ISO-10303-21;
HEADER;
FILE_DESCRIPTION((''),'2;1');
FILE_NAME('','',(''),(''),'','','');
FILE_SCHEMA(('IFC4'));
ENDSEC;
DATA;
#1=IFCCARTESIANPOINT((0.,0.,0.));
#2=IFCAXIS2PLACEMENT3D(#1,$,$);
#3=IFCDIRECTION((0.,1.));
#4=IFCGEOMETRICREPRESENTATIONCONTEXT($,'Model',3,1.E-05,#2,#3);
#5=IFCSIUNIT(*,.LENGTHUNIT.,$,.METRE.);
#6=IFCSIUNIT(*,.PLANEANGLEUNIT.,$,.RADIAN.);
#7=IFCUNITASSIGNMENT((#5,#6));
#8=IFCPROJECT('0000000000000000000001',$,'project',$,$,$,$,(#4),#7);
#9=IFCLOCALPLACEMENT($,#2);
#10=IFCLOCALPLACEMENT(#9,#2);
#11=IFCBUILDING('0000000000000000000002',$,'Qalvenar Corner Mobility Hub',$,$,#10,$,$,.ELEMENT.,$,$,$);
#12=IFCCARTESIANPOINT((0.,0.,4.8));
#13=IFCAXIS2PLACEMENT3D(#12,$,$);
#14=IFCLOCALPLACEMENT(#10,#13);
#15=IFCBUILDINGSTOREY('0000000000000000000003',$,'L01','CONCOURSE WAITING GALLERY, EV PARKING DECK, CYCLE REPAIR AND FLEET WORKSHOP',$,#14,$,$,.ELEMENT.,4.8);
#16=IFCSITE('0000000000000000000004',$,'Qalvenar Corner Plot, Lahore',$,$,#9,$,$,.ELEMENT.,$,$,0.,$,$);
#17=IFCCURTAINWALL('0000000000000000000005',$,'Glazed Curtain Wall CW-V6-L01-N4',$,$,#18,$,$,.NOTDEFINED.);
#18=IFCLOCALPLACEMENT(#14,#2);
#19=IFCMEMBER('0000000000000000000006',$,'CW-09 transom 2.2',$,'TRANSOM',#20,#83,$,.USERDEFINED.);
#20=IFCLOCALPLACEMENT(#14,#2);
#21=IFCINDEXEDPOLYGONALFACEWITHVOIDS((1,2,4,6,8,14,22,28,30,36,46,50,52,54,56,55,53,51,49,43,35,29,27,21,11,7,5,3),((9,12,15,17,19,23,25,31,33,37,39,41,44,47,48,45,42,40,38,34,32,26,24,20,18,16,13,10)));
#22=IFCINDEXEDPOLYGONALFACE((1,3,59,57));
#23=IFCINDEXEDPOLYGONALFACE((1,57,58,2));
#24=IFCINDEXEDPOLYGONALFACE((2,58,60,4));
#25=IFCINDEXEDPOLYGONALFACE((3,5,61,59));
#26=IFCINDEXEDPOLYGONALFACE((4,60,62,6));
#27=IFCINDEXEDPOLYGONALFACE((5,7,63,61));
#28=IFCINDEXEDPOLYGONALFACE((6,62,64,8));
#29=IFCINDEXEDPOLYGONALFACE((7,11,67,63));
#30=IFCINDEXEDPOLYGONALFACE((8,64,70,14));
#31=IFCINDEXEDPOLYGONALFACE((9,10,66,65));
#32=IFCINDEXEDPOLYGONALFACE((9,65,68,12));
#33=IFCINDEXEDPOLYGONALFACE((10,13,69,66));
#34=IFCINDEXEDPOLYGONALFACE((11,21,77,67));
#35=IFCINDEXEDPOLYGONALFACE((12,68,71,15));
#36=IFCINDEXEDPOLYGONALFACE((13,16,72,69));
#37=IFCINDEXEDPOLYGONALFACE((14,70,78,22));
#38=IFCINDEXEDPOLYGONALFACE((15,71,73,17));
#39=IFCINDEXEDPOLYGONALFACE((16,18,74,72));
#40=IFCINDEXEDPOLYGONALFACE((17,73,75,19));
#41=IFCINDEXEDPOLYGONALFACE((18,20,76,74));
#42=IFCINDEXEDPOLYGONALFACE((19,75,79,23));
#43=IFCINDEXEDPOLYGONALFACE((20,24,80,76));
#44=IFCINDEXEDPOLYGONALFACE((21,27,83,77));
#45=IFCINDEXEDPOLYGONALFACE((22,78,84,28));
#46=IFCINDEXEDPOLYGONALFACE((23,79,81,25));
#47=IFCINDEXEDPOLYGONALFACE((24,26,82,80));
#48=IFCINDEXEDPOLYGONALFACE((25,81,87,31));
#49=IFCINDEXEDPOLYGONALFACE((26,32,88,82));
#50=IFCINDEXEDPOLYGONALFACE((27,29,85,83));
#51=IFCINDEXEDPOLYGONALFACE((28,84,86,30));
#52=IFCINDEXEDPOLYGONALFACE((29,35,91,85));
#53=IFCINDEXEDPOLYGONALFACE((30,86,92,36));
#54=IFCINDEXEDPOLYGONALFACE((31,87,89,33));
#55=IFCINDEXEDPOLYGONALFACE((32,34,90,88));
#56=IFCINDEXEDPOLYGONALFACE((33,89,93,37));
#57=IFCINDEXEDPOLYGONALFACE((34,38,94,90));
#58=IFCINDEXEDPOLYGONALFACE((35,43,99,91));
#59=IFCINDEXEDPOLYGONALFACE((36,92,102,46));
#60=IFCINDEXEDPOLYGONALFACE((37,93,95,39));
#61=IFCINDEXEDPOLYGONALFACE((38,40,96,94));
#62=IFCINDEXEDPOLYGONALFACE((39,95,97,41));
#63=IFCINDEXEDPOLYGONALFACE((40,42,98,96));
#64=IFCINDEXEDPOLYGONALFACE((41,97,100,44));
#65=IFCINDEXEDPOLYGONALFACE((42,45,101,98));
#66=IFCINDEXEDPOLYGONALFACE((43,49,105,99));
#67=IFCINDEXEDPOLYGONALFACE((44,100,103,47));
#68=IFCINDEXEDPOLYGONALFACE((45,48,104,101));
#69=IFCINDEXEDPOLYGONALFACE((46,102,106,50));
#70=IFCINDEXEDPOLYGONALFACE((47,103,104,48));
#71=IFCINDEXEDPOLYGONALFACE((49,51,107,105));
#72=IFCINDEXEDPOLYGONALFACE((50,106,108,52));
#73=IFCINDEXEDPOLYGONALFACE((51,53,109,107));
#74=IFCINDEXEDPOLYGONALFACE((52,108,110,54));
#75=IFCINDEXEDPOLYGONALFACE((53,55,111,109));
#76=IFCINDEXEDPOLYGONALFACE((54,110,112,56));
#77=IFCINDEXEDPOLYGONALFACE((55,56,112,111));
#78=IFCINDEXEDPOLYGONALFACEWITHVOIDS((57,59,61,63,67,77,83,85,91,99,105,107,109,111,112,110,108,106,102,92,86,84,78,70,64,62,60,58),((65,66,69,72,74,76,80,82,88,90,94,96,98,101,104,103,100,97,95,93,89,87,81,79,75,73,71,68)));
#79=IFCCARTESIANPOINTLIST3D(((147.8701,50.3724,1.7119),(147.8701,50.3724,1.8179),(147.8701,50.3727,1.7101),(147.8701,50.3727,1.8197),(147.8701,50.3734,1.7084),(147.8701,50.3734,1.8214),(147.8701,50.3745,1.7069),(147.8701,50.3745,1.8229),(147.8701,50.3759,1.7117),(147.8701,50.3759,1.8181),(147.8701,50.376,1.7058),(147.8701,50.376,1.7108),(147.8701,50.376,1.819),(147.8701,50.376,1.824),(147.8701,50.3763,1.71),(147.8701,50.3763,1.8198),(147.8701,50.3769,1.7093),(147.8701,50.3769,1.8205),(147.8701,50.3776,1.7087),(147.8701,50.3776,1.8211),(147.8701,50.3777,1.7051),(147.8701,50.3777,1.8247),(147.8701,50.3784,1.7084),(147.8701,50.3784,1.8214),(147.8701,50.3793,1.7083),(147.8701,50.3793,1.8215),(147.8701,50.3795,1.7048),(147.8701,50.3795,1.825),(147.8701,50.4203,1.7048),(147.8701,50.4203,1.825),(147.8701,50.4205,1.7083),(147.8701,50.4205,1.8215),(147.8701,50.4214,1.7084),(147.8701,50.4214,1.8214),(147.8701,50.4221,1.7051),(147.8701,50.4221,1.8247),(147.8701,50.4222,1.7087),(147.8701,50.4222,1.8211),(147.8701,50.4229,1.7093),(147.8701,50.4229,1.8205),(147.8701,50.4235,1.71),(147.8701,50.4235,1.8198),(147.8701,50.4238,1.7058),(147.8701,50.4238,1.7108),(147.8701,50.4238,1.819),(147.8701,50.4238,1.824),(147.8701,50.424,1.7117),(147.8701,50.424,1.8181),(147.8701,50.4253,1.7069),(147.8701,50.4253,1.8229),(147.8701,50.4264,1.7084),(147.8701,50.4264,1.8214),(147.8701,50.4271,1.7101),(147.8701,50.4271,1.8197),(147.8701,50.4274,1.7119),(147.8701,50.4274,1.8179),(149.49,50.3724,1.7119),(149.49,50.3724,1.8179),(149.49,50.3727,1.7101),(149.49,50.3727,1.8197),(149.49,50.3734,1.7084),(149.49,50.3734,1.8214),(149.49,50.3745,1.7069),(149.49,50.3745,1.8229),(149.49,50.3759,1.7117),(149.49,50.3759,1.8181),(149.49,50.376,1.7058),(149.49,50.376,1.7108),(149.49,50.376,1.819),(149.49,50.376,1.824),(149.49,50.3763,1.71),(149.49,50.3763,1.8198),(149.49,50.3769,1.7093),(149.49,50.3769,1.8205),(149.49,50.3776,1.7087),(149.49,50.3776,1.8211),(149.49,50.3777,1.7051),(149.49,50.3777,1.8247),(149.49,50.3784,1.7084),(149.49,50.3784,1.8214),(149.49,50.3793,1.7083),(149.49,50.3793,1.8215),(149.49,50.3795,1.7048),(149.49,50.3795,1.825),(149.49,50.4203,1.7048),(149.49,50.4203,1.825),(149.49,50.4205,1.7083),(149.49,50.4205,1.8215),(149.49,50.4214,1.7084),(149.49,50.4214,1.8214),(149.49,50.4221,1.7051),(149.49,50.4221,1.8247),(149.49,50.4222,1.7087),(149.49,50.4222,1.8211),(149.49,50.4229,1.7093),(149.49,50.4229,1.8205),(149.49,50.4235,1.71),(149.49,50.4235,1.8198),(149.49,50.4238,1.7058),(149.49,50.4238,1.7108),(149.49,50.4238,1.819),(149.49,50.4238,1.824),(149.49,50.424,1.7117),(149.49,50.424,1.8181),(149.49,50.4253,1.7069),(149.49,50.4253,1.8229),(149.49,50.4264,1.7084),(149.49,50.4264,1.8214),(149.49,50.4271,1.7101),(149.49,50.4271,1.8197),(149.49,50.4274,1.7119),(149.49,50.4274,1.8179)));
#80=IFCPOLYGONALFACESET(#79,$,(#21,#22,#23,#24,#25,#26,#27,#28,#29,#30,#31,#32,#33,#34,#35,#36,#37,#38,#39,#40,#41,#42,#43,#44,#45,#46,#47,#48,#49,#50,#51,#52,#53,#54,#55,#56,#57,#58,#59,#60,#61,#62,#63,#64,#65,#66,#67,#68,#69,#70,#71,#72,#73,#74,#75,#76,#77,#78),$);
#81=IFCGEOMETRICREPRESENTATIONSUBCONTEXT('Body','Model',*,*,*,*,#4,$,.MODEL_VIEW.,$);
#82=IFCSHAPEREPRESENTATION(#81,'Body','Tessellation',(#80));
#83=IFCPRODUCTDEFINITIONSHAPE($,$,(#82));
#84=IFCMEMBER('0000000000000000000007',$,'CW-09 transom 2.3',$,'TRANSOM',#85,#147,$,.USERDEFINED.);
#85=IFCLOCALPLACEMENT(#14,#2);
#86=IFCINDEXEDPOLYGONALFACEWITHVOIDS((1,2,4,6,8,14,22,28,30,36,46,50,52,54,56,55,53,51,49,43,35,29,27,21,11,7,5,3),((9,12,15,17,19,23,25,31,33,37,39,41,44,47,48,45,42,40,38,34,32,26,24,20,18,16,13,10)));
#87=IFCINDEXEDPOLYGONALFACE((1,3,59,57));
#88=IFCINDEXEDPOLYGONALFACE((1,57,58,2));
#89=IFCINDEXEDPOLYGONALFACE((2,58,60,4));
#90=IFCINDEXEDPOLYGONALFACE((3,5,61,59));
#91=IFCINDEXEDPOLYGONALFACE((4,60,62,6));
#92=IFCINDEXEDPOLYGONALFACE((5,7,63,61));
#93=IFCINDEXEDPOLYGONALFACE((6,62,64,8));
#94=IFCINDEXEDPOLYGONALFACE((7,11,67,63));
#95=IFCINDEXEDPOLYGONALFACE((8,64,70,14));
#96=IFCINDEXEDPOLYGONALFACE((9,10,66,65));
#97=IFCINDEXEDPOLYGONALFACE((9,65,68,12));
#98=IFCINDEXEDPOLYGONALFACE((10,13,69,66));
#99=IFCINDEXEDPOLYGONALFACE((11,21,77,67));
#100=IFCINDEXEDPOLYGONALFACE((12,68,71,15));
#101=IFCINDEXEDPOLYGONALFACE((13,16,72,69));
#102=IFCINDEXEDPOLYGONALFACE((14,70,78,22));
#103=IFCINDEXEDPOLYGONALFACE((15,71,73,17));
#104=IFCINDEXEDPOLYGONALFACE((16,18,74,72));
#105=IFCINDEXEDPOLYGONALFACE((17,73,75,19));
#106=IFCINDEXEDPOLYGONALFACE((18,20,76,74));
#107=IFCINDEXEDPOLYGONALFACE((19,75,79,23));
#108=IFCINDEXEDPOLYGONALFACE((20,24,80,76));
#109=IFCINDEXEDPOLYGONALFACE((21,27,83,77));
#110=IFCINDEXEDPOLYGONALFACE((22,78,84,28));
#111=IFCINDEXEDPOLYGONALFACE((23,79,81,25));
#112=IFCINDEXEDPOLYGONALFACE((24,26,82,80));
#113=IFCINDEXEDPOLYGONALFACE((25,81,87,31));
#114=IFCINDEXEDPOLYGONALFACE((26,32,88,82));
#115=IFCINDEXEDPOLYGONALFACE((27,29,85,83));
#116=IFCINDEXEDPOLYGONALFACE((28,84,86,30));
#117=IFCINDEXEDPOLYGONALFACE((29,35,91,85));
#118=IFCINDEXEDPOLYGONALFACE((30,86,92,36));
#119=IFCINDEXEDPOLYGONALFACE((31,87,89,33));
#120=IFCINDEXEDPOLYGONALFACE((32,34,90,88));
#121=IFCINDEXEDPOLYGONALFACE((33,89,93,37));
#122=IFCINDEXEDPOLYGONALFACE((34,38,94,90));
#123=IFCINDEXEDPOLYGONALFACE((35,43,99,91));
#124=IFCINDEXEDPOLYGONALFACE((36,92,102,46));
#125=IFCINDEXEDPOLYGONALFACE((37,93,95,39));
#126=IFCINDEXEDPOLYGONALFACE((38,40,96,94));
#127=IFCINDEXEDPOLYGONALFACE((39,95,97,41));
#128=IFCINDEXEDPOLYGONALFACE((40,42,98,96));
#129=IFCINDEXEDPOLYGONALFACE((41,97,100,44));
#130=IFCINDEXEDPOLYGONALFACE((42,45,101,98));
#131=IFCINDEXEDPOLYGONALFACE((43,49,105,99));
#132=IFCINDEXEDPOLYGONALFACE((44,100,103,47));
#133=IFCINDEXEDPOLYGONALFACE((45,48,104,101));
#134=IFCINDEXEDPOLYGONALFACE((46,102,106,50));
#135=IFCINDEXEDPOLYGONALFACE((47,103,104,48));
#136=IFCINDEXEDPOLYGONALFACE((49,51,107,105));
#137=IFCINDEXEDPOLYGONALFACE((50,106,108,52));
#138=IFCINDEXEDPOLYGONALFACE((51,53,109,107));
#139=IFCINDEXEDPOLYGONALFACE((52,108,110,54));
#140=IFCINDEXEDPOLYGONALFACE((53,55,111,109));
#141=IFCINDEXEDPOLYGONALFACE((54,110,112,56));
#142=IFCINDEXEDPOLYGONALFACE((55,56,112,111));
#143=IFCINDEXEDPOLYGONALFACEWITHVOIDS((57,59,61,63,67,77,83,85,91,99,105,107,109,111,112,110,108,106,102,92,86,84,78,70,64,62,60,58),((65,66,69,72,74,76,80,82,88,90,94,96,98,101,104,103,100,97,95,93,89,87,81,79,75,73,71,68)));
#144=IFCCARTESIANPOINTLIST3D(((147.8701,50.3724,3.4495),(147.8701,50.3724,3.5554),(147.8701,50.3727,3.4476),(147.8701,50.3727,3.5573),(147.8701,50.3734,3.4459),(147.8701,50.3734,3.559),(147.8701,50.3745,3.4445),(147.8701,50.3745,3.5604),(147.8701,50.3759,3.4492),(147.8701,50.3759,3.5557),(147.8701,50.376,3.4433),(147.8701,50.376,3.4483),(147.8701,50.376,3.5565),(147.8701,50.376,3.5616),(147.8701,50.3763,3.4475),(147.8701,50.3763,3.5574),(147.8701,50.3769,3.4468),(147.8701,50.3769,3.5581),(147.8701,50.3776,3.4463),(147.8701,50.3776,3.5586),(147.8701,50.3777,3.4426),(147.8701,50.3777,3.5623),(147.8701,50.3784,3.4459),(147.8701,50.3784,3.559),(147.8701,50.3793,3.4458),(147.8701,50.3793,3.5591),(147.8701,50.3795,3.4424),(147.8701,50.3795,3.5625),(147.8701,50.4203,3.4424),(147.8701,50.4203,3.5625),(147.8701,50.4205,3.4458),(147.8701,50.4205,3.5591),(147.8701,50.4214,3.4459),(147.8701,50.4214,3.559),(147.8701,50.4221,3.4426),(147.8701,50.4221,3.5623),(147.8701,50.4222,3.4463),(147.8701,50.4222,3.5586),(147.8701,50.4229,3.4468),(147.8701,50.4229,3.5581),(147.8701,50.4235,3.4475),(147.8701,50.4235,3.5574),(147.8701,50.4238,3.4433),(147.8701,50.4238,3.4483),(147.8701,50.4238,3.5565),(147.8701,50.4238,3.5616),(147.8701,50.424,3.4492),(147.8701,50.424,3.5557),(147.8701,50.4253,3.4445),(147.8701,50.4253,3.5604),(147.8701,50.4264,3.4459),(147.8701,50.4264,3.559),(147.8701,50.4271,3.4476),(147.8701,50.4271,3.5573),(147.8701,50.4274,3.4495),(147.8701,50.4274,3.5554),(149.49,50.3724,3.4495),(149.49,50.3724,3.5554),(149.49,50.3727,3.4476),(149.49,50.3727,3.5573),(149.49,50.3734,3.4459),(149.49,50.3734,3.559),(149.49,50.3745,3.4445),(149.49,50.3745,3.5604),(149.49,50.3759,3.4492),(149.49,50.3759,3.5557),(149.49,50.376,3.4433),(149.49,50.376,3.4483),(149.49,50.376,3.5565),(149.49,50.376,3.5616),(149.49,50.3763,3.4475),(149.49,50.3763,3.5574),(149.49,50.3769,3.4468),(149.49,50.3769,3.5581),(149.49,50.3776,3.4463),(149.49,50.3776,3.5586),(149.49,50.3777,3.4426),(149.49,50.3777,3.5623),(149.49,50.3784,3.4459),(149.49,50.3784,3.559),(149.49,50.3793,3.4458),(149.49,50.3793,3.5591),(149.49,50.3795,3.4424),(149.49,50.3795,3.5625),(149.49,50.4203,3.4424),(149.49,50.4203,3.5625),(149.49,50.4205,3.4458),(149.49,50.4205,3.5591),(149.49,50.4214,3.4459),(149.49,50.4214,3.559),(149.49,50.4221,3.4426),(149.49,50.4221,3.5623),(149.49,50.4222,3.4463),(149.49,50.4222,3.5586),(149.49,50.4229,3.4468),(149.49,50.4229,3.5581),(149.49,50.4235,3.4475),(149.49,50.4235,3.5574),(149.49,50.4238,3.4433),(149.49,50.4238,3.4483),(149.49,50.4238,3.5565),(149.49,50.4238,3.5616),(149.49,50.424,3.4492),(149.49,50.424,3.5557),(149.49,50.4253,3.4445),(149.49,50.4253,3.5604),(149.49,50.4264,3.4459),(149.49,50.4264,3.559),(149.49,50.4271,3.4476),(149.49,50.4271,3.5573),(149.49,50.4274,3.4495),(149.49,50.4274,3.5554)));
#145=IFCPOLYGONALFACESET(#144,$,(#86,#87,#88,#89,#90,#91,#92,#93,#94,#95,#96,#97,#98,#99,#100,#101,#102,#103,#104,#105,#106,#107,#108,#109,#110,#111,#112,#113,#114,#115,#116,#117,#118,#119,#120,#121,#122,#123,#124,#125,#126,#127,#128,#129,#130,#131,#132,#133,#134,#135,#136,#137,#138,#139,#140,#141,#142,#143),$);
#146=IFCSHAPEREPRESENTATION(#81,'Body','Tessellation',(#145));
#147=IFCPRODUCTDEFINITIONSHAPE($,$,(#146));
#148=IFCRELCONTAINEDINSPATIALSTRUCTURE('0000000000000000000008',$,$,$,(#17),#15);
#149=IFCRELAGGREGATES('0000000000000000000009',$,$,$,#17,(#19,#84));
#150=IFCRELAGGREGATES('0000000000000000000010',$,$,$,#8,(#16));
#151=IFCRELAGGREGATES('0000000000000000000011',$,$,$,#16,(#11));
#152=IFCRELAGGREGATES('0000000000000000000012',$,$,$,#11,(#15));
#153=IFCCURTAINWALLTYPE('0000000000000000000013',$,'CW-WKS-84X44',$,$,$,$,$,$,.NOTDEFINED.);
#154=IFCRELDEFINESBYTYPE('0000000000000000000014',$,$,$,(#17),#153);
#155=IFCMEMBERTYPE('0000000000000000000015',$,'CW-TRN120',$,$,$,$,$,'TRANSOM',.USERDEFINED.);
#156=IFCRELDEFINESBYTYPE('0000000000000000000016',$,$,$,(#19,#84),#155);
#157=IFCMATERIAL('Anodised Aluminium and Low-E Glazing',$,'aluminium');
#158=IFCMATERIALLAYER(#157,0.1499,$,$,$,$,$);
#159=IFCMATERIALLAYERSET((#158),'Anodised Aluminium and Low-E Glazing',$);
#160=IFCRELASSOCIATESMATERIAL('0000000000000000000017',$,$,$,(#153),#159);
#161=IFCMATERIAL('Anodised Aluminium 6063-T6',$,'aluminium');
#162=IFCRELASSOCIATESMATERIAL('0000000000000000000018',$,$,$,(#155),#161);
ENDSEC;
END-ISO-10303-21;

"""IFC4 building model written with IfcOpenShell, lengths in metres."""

from ifc_helpers import new_model, si_unit, direction, frame, origin, origin_2d, place, context, subcontext, project, spatial, hollow_rectangle, extrude, material, layer, layer_set, material_profile, profile_set, type_object, element, aggregate, save


model = new_model("IFC4")

# Units and contexts
model_context = context("Model", 3, precision=1e-05, world=origin(), true_north=direction((0.0, 1.0)))
body_context = subcontext(model_context, "Body", "Model", "MODEL_VIEW")
ifc_project = project(units=[si_unit("LENGTHUNIT", "METRE"), si_unit("PLANEANGLEUNIT", "RADIAN")], contexts=[model_context])

# Site, building, storey
site_placement = place(None, origin())
site = spatial("IfcSite", under=ifc_project, at=site_placement, Name="Qalvenar Corner Plot, Lahore", CompositionType="ELEMENT", RefElevation=0.0)
building_placement = place(site_placement, origin())
building = spatial("IfcBuilding", under=site, at=building_placement, Name="Qalvenar Corner Mobility Hub", CompositionType="ELEMENT")
storey_placement = place(building_placement, frame((0.0, 0.0, 4.8)))
storey = spatial("IfcBuildingStorey", under=building, at=storey_placement, Name="L01", Description="CONCOURSE WAITING GALLERY, EV PARKING DECK, CYCLE REPAIR AND FLEET WORKSHOP", CompositionType="ELEMENT", Elevation=4.8)

# Curtain wall, members
ifc_material_1 = material(Name="Anodised Aluminium and Low-E Glazing", Category="aluminium")
ifc_layer_1 = layer(ifc_material_1, 0.1499)
ifc_layer_set_1 = layer_set([ifc_layer_1], Name="Anodised Aluminium and Low-E Glazing")
curtain_wall_type = type_object("IfcCurtainWallType", Name="CW-WKS-84X44", PredefinedType="NOTDEFINED", material=ifc_layer_set_1)
curtain_wall_placement = place(storey_placement, origin())
curtain_wall = element("IfcCurtainWall", 1, at=curtain_wall_placement, inside=storey, type_object=curtain_wall_type, Name="Glazed Curtain Wall CW-V6-L01-N4", PredefinedType="NOTDEFINED")
ifc_material_2 = material(Name="Anodised Aluminium 6063-T6", Category="aluminium")
ifc_material_profile_1 = material_profile(ifc_material_2, hollow_rectangle(XDim=0.0549, YDim=0.1201, WallThickness=0.0034, InnerFilletRadius=0.0034, OuterFilletRadius=0.0071, at=origin_2d()), Name="RHS120x55x3.5")
ifc_profile_set_1 = profile_set([ifc_material_profile_1], Name="Anodised Aluminium 6063-T6")
member_type_1 = type_object("IfcMemberType", Name="CW-TRN120", ElementType="TRANSOM", PredefinedType="USERDEFINED", material=ifc_profile_set_1)
member_1_placement = place(storey_placement, frame((149.49, 50.3999, 1.7649), z_axis=(-1.0, 0.0, 0.0), x_axis=(0.0, -1.0, 0.0)))
member_1 = element("IfcMember", 2, at=member_1_placement, type_object=member_type_1, Name="CW-09 transom 2.2", ObjectType="TRANSOM", PredefinedType="USERDEFINED", context=body_context, shape_type="SweptSolid", body=[
    extrude(hollow_rectangle(XDim=0.0549, YDim=0.1201, WallThickness=0.0034, InnerFilletRadius=0.0034, OuterFilletRadius=0.0071, at=origin_2d()), origin(), (0.0, 0.0, 1.0), 1.6199),
])
member_2_placement = place(storey_placement, frame((149.49, 50.3999, 3.5024), z_axis=(-1.0, 0.0, 0.0), x_axis=(0.0, -1.0, 0.0)))
member_2 = element("IfcMember", 3, at=member_2_placement, type_object=member_type_1, Name="CW-09 transom 2.3", ObjectType="TRANSOM", PredefinedType="USERDEFINED", context=body_context, shape_type="SweptSolid", body=[
    extrude(hollow_rectangle(XDim=0.0549, YDim=0.1201, WallThickness=0.0034, InnerFilletRadius=0.0034, OuterFilletRadius=0.0071, at=origin_2d()), origin(), (0.0, 0.0, 1.0), 1.6199),
])
aggregate(curtain_wall, [member_1, member_2])

save(model, "model.ifc")
